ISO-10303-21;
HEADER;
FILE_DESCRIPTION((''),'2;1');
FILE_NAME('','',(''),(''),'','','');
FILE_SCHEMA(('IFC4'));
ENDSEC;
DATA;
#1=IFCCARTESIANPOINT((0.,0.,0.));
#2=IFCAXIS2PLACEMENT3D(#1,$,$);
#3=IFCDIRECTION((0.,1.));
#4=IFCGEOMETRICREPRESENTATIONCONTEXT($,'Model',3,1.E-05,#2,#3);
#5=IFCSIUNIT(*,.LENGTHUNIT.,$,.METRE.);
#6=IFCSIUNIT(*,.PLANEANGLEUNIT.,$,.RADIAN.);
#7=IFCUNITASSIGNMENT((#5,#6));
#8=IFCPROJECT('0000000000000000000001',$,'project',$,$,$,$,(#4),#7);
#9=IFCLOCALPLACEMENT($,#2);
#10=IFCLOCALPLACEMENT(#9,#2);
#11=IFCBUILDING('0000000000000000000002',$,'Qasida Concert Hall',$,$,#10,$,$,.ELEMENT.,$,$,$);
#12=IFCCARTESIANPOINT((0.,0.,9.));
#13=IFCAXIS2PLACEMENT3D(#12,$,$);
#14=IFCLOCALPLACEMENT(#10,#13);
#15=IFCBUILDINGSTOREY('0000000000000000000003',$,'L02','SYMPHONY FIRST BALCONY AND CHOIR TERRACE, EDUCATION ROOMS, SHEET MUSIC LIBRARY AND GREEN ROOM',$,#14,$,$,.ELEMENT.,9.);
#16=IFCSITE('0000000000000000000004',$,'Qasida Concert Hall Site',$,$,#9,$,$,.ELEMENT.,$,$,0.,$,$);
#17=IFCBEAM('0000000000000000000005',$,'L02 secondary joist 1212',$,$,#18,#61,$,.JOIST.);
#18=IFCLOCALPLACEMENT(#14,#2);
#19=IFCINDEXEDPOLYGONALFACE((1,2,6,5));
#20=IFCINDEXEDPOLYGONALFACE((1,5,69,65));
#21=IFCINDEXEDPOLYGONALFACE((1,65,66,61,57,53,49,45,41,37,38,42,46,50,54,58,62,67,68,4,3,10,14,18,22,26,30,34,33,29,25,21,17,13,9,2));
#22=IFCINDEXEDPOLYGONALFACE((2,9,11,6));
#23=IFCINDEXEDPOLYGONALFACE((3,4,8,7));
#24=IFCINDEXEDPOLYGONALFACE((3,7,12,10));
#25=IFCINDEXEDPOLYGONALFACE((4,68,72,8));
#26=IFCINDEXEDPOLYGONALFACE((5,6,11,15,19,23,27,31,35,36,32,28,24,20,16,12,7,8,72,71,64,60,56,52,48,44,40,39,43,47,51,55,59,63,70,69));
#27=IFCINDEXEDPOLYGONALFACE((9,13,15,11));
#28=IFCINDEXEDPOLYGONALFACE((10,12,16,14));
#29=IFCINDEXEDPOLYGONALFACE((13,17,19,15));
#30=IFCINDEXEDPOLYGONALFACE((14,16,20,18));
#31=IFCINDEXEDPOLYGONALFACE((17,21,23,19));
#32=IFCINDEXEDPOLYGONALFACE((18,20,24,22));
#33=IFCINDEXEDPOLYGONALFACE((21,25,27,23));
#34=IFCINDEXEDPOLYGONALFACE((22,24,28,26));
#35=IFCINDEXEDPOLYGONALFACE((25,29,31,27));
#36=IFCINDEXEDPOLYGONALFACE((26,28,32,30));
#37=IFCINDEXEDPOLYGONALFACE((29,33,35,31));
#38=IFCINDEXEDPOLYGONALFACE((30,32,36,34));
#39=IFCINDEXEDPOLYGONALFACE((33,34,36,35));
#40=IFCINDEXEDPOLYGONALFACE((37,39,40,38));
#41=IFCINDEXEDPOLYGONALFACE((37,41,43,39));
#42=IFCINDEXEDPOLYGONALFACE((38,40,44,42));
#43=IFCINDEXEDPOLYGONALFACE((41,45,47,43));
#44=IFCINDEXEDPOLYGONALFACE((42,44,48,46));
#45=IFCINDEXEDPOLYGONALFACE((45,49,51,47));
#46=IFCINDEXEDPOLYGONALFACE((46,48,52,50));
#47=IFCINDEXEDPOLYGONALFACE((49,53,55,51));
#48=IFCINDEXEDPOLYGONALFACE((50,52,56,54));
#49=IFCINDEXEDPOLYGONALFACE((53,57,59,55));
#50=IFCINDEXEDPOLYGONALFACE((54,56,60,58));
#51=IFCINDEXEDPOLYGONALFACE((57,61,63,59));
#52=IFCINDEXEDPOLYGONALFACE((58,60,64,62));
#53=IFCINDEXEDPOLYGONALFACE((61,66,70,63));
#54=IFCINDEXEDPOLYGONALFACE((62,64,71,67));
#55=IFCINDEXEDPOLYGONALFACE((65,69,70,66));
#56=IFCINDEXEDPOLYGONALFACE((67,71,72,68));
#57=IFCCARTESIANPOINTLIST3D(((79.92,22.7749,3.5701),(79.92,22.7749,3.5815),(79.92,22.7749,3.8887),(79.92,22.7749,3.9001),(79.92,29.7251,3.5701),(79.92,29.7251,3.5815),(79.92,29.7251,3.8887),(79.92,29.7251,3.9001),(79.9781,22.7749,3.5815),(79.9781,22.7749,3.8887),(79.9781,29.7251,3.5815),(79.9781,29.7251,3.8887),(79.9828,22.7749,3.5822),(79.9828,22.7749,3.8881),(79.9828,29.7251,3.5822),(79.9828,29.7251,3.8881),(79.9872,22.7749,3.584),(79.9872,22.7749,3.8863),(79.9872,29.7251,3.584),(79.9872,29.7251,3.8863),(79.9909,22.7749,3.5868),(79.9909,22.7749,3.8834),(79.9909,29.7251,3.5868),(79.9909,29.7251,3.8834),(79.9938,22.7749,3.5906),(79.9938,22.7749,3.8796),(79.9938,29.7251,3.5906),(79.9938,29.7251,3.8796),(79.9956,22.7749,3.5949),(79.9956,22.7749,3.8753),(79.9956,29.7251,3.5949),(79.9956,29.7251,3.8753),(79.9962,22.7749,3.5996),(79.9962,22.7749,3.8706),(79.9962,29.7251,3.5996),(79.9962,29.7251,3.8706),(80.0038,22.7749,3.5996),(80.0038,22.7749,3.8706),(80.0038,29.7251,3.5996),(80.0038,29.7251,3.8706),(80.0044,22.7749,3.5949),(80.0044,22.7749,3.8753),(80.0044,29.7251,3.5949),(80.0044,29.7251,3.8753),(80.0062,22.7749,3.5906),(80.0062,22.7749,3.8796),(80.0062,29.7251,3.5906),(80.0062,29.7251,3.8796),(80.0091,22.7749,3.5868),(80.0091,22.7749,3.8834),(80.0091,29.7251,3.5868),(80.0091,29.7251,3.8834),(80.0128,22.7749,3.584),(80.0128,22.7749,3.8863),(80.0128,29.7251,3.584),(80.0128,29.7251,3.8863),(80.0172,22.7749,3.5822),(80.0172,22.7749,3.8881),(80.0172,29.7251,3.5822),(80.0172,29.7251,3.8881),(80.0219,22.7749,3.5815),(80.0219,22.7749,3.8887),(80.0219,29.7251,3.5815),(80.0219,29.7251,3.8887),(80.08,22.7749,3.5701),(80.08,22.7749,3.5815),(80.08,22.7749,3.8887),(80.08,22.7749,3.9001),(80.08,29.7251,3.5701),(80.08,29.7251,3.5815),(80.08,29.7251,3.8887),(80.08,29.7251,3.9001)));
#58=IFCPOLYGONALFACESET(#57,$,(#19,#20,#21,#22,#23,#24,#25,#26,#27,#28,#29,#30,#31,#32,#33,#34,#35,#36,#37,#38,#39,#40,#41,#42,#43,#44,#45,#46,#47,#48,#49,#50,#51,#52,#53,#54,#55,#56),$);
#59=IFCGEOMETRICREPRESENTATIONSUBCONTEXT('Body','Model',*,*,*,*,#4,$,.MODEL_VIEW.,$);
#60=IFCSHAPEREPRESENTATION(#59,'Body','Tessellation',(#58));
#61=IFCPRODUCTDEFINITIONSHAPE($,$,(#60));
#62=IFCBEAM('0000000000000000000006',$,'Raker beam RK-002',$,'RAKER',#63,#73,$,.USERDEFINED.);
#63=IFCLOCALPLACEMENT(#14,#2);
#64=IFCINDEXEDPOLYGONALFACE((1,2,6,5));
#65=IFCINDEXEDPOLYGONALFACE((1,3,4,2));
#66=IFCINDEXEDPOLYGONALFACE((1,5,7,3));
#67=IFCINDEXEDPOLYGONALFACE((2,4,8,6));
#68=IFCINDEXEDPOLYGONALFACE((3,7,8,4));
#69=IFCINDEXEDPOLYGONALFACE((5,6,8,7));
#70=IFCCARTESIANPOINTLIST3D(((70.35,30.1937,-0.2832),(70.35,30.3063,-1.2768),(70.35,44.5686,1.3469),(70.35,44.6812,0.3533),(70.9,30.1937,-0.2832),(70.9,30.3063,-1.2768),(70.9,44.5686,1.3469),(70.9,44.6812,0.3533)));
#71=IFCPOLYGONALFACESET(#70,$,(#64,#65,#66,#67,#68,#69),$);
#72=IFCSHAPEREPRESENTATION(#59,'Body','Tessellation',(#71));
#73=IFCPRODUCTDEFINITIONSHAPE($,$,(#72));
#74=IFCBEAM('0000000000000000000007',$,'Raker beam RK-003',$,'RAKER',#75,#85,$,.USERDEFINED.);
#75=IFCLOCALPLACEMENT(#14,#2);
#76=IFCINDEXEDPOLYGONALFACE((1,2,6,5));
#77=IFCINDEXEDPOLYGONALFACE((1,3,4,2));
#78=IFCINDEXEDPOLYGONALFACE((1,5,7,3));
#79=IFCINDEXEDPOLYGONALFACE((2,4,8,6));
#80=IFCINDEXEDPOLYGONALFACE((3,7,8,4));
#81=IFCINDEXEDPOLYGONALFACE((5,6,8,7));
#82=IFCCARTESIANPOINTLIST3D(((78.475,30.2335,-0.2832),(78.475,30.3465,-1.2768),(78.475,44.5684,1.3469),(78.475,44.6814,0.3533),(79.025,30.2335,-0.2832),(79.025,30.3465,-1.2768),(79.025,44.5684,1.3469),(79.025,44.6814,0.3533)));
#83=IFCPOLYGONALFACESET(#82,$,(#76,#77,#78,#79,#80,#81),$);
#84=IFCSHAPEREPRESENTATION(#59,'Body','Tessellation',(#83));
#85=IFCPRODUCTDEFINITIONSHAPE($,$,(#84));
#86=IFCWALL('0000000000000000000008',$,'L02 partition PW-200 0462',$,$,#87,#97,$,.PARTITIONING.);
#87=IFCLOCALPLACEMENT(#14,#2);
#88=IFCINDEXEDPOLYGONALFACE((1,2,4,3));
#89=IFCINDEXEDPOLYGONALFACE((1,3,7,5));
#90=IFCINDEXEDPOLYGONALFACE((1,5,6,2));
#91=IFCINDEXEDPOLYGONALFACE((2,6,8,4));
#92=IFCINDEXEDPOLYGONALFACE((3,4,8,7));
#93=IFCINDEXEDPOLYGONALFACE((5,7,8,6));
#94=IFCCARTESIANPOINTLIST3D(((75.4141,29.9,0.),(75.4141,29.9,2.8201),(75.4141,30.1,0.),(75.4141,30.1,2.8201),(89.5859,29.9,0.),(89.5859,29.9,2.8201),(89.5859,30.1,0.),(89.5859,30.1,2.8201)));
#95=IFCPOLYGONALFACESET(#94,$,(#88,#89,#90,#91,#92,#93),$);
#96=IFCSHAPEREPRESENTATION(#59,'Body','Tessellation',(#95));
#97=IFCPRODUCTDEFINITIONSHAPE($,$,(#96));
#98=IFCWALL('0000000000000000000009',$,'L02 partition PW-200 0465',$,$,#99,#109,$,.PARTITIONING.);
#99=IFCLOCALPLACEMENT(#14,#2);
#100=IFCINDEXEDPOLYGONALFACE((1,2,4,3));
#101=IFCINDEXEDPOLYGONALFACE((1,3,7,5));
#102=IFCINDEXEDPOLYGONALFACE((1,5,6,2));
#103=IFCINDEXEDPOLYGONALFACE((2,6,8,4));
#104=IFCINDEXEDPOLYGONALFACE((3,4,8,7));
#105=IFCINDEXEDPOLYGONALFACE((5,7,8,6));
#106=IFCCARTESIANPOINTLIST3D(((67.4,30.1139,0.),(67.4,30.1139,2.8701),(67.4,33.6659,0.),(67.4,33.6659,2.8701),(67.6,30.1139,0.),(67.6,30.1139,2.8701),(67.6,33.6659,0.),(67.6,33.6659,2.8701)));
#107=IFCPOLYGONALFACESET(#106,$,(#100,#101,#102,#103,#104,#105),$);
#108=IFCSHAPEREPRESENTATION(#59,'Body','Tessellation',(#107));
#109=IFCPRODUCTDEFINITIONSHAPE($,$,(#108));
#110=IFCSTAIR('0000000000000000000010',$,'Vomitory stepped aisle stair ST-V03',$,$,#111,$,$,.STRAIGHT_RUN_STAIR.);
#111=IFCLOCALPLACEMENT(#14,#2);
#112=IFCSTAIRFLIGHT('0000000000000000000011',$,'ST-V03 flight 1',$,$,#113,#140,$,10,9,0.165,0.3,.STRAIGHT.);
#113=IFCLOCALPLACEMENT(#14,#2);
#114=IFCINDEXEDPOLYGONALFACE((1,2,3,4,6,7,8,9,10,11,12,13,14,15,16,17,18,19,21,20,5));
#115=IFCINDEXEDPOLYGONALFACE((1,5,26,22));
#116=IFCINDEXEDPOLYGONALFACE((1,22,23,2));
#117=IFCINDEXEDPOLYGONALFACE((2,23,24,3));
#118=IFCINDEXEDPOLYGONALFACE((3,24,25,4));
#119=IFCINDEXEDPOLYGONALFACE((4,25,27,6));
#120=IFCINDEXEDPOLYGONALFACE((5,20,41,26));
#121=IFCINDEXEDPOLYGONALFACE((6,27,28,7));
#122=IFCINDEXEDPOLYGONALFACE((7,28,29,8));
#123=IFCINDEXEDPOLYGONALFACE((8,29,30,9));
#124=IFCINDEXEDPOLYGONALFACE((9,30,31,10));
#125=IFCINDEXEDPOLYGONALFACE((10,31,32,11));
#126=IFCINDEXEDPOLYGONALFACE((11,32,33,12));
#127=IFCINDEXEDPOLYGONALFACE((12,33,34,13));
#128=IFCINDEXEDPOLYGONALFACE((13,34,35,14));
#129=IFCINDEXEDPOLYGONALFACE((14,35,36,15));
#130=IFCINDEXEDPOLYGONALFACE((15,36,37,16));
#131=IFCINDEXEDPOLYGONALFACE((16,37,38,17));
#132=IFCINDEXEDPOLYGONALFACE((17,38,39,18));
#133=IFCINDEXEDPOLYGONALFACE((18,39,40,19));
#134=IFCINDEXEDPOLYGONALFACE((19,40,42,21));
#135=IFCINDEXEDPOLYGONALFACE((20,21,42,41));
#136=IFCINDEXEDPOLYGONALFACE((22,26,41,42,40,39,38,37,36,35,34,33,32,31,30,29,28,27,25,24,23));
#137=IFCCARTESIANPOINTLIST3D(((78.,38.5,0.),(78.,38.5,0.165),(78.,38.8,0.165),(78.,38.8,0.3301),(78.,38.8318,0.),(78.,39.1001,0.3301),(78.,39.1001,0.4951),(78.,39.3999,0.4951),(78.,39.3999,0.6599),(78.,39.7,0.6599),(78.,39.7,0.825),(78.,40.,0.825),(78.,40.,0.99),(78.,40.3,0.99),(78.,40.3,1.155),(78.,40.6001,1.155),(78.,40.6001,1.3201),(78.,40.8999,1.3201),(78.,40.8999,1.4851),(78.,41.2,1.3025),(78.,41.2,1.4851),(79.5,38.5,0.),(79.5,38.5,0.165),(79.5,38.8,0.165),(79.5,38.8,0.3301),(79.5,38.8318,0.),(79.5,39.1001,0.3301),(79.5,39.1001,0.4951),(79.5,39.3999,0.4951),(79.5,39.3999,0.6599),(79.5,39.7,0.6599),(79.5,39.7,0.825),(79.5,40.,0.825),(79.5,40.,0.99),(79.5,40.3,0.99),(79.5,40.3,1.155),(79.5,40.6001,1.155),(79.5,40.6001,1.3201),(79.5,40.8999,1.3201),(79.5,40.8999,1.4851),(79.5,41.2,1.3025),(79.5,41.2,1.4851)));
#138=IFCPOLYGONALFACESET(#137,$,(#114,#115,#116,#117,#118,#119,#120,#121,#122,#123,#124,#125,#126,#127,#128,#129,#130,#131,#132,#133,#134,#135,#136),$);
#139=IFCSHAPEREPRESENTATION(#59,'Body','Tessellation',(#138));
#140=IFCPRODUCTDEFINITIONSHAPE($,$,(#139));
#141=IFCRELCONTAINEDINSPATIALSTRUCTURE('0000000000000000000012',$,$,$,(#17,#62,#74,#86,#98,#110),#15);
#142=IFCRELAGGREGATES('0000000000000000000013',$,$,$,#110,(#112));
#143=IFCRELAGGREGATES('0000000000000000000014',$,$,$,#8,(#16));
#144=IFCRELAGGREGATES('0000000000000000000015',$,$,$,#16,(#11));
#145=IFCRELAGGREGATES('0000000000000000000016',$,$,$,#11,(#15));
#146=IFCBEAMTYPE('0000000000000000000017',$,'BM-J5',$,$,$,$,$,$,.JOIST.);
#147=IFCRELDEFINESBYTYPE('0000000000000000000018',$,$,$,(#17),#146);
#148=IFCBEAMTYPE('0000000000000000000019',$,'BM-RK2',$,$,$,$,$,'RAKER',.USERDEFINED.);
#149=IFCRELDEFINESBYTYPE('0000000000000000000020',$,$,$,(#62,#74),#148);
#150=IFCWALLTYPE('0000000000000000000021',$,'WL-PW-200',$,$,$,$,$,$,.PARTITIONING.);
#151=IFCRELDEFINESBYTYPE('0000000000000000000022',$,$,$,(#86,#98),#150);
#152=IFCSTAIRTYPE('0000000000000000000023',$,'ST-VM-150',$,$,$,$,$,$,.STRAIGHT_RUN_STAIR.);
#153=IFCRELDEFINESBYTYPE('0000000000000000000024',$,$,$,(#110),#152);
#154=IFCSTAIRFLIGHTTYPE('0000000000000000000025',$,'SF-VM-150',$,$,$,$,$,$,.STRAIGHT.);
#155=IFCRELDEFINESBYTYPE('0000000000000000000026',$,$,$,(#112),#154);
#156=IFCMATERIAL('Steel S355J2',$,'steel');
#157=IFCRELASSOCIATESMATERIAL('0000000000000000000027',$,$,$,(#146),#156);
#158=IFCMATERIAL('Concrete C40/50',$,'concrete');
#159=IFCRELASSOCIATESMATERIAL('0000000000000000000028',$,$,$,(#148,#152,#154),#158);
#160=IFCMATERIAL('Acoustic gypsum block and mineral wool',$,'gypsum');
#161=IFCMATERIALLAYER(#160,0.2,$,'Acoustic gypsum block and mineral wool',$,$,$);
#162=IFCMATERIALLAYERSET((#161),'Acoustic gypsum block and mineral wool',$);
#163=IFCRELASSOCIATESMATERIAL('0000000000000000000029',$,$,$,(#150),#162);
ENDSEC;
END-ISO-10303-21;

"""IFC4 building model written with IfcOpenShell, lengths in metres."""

from ifc_helpers import new_model, si_unit, direction, frame, frame_2d, origin, origin_2d, place, context, subcontext, project, spatial, polyline, rectangle, i_section, outline, extrude, material, layer, layer_set, material_profile, profile_set, type_object, element, aggregate, save


model = new_model("IFC4")

# Units and contexts
model_context = context("Model", 3, precision=1e-05, world=origin(), true_north=direction((0.0, 1.0)))
body_context = subcontext(model_context, "Body", "Model", "MODEL_VIEW")
ifc_project = project(units=[si_unit("LENGTHUNIT", "METRE"), si_unit("PLANEANGLEUNIT", "RADIAN")], contexts=[model_context])

# Site, building, storey
site_placement = place(None, origin())
site = spatial("IfcSite", under=ifc_project, at=site_placement, Name="Qasida Concert Hall Site", CompositionType="ELEMENT", RefElevation=0.0)
building_placement = place(site_placement, origin())
building = spatial("IfcBuilding", under=site, at=building_placement, Name="Qasida Concert Hall", CompositionType="ELEMENT")
storey_placement = place(building_placement, frame((0.0, 0.0, 9.0)))
storey = spatial("IfcBuildingStorey", under=building, at=storey_placement, Name="L02", Description="SYMPHONY FIRST BALCONY AND CHOIR TERRACE, EDUCATION ROOMS, SHEET MUSIC LIBRARY AND GREEN ROOM", CompositionType="ELEMENT", Elevation=9.0)

# Beams
ifc_material_1 = material(Name="Steel S355J2", Category="steel")
ifc_material_2 = material(Name="Concrete C40/50", Category="concrete")
ifc_material_profile_1 = material_profile(ifc_material_1, i_section(OverallWidth=0.1599, OverallDepth=0.3301, WebThickness=0.0076, FlangeThickness=0.0115, FilletRadius=0.0181, at=origin_2d()), Name="IPE 330")
ifc_profile_set_1 = profile_set([ifc_material_profile_1], Name="Steel S355J2")
beam_type_1 = type_object("IfcBeamType", Name="BM-J5", PredefinedType="JOIST", material=ifc_profile_set_1)
beam_1_placement = place(storey_placement, frame((80.0, 22.7749, 3.7351), z_axis=(0.0, 1.0, 0.0), x_axis=(-1.0, 0.0, 0.0)))
element("IfcBeam", 1, at=beam_1_placement, inside=storey, type_object=beam_type_1, Name="L02 secondary joist 1212", PredefinedType="JOIST", context=body_context, shape_type="SweptSolid", body=[
    extrude(i_section(OverallWidth=0.1599, OverallDepth=0.3301, WebThickness=0.0076, FlangeThickness=0.0115, FilletRadius=0.0181, at=origin_2d()), origin(), (0.0, 0.0, 1.0), 6.9502),
])
ifc_material_profile_2 = material_profile(ifc_material_2, rectangle(XDim=0.55, YDim=1.0, at=origin_2d()), Name="RC 550x1000")
ifc_profile_set_2 = profile_set([ifc_material_profile_2], Name="Concrete C40/50")
beam_type_2 = type_object("IfcBeamType", Name="BM-RK2", ElementType="RAKER", PredefinedType="USERDEFINED", material=ifc_profile_set_2)
beam_2_placement = place(storey_placement, frame((70.625, 30.25, -0.78), z_axis=(0.0, 0.993632, 0.112678), x_axis=(-1.0, 0.0, 0.0)))
element("IfcBeam", 2, at=beam_2_placement, inside=storey, type_object=beam_type_2, Name="Raker beam RK-002", ObjectType="RAKER", PredefinedType="USERDEFINED", context=body_context, shape_type="SweptSolid", body=[
    extrude(rectangle(XDim=0.55, YDim=1.0, at=origin_2d()), origin(), (0.0, 0.0, 1.0), 14.467),
])
beam_3_placement = place(storey_placement, frame((78.75, 30.29, -0.78), z_axis=(0.0, 0.993596, 0.112989), x_axis=(-1.0, 0.0, 0.0)))
element("IfcBeam", 3, at=beam_3_placement, inside=storey, type_object=beam_type_2, Name="Raker beam RK-003", ObjectType="RAKER", PredefinedType="USERDEFINED", context=body_context, shape_type="SweptSolid", body=[
    extrude(rectangle(XDim=0.55, YDim=1.0, at=origin_2d()), origin(), (0.0, 0.0, 1.0), 14.4272),
])

# Walls
ifc_material_3 = material(Name="Acoustic gypsum block and mineral wool", Category="gypsum")
ifc_layer_1 = layer(ifc_material_3, 0.2, Name="Acoustic gypsum block and mineral wool")
ifc_layer_set_1 = layer_set([ifc_layer_1], Name="Acoustic gypsum block and mineral wool")
wall_type = type_object("IfcWallType", Name="WL-PW-200", PredefinedType="PARTITIONING", material=ifc_layer_set_1)
wall_1_placement = place(storey_placement, frame((75.4141, 30.0, 0.0), z_axis=(0.0, 0.0, 1.0), x_axis=(1.0, 0.0, 0.0)))
element("IfcWall", 4, at=wall_1_placement, inside=storey, type_object=wall_type, Name="L02 partition PW-200 0462", PredefinedType="PARTITIONING", context=body_context, shape_type="SweptSolid", body=[
    extrude(rectangle(XDim=14.1719, YDim=0.2, at=frame_2d((7.0859, 0.0))), origin(), (0.0, 0.0, 1.0), 2.8201),
])
wall_2_placement = place(storey_placement, frame((67.5, 30.114, 0.0), z_axis=(0.0, 0.0, 1.0), x_axis=(0.0, 1.0, 0.0)))
element("IfcWall", 5, at=wall_2_placement, inside=storey, type_object=wall_type, Name="L02 partition PW-200 0465", PredefinedType="PARTITIONING", context=body_context, shape_type="SweptSolid", body=[
    extrude(rectangle(XDim=3.552, YDim=0.2, at=frame_2d((1.7759, 0.0))), origin(), (0.0, 0.0, 1.0), 2.8701),
])

# Stair, stair flight
stair_type = type_object("IfcStairType", Name="ST-VM-150", PredefinedType="STRAIGHT_RUN_STAIR", material=ifc_material_2)
stair_placement = place(storey_placement, origin())
stair = element("IfcStair", 6, at=stair_placement, inside=storey, type_object=stair_type, Name="Vomitory stepped aisle stair ST-V03", PredefinedType="STRAIGHT_RUN_STAIR")
stair_flight_type = type_object("IfcStairFlightType", Name="SF-VM-150", PredefinedType="STRAIGHT", material=ifc_material_2)
stair_flight_placement = place(storey_placement, frame((78.75, 38.5, 0.0), z_axis=(0.0, 0.0, 1.0), x_axis=(0.0, 1.0, 0.0)))
stair_flight = element("IfcStairFlight", 7, at=stair_flight_placement, type_object=stair_flight_type, Name="ST-V03 flight 1", NumberOfRisers=10, NumberOfTreads=9, PredefinedType="STRAIGHT", RiserHeight=0.165, TreadLength=0.3, context=body_context, shape_type="SweptSolid", body=[
    extrude(outline(polyline([(0.0, 0.0), (0.0, 0.165), (0.3, 0.165), (0.3, 0.3301), (0.6001, 0.3301), (0.6001, 0.4951), (0.8999, 0.4951), (0.8999, 0.6599), (1.2, 0.6599), (1.2, 0.825), (1.5, 0.825), (1.5, 0.99), (1.8, 0.99), (1.8, 1.155), (2.1001, 1.155), (2.1001, 1.3201), (2.3999, 1.3201), (2.3999, 1.4851), (2.7, 1.4851), (2.7, 1.6499), (2.7, 1.3025), (0.3318, 0.0), (0.0, 0.0)])), frame((0.0, 0.75, 0.0), z_axis=(0.0, -1.0, 0.0), x_axis=(1.0, 0.0, 0.0)), (0.0, 0.0, 1.0), 1.5),
])
aggregate(stair, [stair_flight])

save(model, "model.ifc")
